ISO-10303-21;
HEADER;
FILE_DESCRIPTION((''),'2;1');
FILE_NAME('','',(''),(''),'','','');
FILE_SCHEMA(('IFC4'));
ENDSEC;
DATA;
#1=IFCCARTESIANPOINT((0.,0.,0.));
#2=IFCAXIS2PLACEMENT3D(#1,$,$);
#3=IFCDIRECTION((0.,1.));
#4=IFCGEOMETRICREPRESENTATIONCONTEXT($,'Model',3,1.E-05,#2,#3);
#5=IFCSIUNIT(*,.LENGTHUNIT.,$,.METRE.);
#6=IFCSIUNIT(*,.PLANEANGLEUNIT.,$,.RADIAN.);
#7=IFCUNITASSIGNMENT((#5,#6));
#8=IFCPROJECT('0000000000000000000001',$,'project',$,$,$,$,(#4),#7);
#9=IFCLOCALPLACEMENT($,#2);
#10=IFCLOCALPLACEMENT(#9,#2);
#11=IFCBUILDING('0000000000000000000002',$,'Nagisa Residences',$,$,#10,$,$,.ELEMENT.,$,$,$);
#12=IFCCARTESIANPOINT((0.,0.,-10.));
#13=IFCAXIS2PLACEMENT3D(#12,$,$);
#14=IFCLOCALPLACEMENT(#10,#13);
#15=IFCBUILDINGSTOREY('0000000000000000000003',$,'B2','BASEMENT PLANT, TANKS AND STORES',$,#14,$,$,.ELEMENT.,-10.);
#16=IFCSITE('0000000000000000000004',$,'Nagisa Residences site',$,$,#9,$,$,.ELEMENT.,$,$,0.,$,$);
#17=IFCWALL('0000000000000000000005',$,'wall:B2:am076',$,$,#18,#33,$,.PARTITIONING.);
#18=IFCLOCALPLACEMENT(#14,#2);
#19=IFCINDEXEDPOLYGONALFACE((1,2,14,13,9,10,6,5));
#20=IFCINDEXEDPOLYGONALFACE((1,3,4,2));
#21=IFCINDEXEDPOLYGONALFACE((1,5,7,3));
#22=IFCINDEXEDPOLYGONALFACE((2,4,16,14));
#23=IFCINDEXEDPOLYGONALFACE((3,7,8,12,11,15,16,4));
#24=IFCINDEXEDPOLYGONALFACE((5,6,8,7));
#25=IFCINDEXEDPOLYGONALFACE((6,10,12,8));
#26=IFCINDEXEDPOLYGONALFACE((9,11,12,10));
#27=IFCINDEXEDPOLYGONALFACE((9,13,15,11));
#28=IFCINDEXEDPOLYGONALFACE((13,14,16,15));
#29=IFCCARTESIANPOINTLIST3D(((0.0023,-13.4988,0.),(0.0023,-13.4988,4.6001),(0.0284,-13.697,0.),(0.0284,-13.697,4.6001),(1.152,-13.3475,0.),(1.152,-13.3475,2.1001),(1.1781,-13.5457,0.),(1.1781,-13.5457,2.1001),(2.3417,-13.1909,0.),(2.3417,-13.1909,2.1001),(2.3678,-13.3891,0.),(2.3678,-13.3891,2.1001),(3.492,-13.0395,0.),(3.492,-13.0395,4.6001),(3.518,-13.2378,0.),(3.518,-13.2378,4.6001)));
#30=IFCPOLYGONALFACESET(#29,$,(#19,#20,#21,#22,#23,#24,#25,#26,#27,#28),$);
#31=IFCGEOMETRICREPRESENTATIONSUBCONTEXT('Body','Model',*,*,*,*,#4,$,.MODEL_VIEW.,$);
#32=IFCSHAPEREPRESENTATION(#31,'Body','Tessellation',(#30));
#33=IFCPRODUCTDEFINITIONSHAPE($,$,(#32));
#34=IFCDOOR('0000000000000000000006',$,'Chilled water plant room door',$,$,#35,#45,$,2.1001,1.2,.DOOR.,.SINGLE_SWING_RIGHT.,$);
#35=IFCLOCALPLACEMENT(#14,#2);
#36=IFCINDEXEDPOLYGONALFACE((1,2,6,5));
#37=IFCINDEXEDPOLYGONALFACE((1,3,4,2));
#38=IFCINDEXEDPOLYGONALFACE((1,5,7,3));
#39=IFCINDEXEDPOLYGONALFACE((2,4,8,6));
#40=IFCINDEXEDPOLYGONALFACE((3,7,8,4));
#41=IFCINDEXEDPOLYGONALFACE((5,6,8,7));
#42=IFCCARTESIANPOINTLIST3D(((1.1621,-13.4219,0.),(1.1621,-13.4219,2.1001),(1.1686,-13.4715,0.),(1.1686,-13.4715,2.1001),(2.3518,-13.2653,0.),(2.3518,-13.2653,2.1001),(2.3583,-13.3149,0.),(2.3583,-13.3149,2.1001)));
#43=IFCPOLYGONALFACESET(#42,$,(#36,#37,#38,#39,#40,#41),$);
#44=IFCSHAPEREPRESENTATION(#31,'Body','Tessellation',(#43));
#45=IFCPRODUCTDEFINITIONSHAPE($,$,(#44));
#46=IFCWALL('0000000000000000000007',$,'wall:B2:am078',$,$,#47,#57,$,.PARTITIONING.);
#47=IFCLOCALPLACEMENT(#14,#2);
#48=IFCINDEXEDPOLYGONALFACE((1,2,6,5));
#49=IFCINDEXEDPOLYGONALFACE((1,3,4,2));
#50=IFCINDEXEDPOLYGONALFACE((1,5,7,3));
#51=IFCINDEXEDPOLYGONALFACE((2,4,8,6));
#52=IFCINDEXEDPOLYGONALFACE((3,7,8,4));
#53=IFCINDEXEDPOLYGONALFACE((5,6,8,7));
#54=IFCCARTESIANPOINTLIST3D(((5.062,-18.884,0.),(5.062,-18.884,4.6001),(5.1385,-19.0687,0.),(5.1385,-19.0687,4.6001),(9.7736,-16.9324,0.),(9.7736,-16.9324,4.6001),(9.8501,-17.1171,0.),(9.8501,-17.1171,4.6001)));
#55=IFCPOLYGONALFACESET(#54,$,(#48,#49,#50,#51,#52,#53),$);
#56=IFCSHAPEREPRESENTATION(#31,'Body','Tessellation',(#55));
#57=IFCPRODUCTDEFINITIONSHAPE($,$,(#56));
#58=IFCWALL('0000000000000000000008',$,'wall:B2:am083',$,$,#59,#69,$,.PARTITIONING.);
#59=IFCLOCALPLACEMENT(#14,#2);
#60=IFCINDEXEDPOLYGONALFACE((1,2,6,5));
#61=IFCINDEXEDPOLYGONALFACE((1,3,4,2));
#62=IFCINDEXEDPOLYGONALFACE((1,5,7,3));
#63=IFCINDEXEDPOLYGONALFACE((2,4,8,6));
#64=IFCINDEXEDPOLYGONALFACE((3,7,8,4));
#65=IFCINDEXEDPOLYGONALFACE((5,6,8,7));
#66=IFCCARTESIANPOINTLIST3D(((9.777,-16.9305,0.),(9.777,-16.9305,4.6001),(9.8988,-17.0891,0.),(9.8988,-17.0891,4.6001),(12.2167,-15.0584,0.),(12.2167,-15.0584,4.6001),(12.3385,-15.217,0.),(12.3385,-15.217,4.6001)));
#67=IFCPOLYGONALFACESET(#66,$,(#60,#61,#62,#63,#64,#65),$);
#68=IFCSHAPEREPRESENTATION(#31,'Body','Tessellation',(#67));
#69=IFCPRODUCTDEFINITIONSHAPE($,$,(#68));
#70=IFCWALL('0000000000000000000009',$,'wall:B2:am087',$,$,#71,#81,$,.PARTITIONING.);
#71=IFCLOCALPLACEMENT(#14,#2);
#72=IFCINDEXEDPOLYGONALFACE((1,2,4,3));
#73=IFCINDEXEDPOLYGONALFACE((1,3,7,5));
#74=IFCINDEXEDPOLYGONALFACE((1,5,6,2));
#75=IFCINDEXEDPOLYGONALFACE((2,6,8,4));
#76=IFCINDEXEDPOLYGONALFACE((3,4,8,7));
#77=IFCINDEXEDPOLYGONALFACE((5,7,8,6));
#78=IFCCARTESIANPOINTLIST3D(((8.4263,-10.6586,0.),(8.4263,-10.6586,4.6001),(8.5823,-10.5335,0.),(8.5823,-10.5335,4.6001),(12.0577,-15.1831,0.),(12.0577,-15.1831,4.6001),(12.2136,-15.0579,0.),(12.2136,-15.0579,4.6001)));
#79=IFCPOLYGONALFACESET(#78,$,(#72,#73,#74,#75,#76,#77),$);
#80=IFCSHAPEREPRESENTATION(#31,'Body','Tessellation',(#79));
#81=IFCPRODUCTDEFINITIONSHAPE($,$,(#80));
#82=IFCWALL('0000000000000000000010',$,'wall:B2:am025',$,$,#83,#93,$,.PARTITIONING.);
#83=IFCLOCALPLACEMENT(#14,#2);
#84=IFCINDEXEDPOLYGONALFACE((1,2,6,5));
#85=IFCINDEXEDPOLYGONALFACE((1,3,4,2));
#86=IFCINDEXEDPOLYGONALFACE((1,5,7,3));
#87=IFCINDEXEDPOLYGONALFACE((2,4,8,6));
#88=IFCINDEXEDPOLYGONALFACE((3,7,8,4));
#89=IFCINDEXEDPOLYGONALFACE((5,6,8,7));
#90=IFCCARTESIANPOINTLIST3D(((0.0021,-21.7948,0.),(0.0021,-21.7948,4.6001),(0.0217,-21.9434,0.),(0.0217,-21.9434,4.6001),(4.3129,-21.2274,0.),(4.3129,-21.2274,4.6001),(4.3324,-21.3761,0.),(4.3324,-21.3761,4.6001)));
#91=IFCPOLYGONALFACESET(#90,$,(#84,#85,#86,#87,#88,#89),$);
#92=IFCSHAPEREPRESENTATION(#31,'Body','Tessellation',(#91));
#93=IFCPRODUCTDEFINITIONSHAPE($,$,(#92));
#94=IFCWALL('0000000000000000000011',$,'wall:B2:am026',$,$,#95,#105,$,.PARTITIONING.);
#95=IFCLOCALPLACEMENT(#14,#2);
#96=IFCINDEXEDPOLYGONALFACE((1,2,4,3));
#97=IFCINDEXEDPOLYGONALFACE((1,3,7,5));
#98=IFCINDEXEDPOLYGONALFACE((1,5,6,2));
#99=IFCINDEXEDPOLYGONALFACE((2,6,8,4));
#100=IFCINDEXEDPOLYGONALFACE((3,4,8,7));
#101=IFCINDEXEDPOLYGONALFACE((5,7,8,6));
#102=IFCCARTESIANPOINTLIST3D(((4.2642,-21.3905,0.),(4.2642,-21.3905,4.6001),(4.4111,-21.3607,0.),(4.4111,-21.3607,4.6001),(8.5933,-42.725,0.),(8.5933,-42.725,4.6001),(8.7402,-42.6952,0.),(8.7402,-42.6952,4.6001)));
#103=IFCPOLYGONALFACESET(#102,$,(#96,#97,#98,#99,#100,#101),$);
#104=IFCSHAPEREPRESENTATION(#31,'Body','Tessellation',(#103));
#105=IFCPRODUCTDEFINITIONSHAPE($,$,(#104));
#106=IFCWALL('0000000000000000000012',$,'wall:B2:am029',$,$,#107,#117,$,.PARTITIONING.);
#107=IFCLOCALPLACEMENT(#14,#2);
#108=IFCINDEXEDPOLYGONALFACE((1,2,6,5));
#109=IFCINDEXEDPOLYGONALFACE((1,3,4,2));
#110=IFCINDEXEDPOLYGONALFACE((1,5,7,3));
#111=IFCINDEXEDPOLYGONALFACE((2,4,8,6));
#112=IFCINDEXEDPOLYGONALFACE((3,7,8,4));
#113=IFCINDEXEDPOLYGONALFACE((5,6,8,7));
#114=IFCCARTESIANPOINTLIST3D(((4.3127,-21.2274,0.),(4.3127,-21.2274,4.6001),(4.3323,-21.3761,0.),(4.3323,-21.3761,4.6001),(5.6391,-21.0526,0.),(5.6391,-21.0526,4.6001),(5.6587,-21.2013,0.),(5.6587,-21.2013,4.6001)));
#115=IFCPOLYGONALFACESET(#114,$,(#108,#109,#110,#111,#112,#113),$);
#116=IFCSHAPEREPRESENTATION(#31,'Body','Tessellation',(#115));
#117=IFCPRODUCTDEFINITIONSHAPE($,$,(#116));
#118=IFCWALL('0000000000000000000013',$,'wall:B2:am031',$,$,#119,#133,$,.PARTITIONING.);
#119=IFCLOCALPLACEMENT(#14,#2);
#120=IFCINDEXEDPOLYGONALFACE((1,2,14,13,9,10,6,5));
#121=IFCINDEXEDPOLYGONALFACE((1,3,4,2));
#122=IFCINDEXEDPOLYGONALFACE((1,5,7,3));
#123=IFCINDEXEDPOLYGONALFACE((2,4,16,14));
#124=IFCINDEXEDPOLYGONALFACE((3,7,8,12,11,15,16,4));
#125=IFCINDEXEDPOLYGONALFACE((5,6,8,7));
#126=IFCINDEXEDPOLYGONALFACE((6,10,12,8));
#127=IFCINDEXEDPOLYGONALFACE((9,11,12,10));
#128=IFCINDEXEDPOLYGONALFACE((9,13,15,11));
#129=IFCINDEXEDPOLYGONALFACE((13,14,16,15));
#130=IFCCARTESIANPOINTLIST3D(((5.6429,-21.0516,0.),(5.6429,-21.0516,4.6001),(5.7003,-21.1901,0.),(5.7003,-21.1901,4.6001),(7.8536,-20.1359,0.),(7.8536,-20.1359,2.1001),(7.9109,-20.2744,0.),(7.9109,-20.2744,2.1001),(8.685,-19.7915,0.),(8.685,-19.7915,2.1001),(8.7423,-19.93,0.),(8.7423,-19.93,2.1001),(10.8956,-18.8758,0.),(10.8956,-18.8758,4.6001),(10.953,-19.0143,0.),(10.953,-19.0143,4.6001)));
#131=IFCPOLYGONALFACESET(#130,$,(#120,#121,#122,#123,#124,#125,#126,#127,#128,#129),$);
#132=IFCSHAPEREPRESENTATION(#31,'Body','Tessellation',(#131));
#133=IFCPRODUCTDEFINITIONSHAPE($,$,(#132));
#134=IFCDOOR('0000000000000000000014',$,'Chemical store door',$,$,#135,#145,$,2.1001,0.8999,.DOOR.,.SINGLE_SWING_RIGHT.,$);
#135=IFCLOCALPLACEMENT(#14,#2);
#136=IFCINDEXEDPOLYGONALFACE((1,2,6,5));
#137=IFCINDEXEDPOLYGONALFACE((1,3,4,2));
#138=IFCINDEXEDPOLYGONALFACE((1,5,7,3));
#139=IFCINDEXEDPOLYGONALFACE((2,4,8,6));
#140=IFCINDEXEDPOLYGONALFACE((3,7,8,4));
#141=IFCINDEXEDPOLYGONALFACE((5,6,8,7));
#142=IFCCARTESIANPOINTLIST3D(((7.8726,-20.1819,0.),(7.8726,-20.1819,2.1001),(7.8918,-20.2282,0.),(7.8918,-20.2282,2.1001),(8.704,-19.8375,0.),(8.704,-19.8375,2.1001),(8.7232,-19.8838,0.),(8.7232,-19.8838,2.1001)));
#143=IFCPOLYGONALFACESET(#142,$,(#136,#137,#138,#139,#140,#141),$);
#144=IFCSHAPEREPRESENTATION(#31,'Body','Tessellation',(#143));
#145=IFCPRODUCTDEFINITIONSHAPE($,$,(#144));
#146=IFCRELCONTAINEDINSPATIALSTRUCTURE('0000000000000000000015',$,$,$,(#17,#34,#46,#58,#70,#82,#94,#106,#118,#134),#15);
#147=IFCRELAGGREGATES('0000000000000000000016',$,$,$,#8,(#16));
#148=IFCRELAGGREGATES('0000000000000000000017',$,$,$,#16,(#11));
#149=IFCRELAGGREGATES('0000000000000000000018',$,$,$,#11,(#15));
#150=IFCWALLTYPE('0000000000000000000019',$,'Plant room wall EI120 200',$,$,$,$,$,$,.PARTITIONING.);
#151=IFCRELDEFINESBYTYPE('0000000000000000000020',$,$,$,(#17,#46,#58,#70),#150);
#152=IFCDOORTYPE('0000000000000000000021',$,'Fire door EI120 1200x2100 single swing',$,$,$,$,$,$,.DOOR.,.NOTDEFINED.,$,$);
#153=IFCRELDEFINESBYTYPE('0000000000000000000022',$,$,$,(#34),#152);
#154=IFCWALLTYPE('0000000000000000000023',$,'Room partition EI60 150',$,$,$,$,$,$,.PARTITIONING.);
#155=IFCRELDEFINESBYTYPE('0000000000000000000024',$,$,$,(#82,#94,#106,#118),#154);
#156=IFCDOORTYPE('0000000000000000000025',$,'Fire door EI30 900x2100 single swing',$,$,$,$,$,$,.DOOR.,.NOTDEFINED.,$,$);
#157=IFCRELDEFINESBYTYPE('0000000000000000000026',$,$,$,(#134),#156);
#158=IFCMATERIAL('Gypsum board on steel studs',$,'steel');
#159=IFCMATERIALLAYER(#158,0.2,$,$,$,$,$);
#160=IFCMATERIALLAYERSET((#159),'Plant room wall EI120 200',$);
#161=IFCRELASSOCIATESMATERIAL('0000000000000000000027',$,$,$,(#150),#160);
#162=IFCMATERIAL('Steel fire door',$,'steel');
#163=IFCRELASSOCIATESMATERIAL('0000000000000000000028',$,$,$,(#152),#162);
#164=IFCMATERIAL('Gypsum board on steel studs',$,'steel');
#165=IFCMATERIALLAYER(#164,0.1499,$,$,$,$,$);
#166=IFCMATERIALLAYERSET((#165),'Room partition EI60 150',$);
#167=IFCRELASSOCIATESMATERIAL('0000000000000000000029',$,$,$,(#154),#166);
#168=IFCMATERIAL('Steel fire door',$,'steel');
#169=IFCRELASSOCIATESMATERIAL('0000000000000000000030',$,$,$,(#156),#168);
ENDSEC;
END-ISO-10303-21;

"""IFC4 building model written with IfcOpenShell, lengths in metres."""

from ifc_helpers import new_model, si_unit, direction, frame, frame_2d, origin, place, context, subcontext, project, spatial, rectangle, extrude, material, layer, layer_set, type_object, element, fill, save


model = new_model("IFC4")

# Units and contexts
model_context = context("Model", 3, precision=1e-05, world=origin(), true_north=direction((0.0, 1.0)))
body_context = subcontext(model_context, "Body", "Model", "MODEL_VIEW")
ifc_project = project(units=[si_unit("LENGTHUNIT", "METRE"), si_unit("PLANEANGLEUNIT", "RADIAN")], contexts=[model_context])

# Site, building, storey
site_placement = place(None, origin())
site = spatial("IfcSite", under=ifc_project, at=site_placement, Name="Nagisa Residences site", CompositionType="ELEMENT", RefElevation=0.0)
building_placement = place(site_placement, origin())
building = spatial("IfcBuilding", under=site, at=building_placement, Name="Nagisa Residences", CompositionType="ELEMENT")
storey_placement = place(building_placement, frame((0.0, 0.0, -10.0)))
storey = spatial("IfcBuildingStorey", under=building, at=storey_placement, Name="B2", Description="BASEMENT PLANT, TANKS AND STORES", CompositionType="ELEMENT", Elevation=-10.0)

# Shared definitions
ifc_material_1 = material(Name="Gypsum board on steel studs", Category="steel")
ifc_layer_1 = layer(ifc_material_1, 0.2)
ifc_layer_set_1 = layer_set([ifc_layer_1], Name="Plant room wall EI120 200")
wall_type_1 = type_object("IfcWallType", Name="Plant room wall EI120 200", PredefinedType="PARTITIONING", material=ifc_layer_set_1)

# Wall, opening, door
wall_1_placement = place(storey_placement, frame((3.5049, -13.1387, 0.0), z_axis=(0.0, 0.0, 1.0), x_axis=(-0.991452, -0.130469, 0.0)))
wall_1 = element("IfcWall", 1, at=wall_1_placement, inside=storey, type_object=wall_type_1, Name="wall:B2:am076", PredefinedType="PARTITIONING", context=body_context, shape_type="SweptSolid", body=[
    extrude(rectangle(XDim=3.5198, YDim=0.2, at=frame_2d((1.7598, 0.0))), origin(), (0.0, 0.0, 1.0), 4.6001),
])
opening_1_placement = place(wall_1_placement, frame((1.1599, 0.0, 0.0)))
opening_1 = element("IfcOpeningElement", 2, at=opening_1_placement, cuts=wall_1, PredefinedType="OPENING", context=body_context, shape_type="SweptSolid", body=[
    extrude(rectangle(XDim=1.2, YDim=2.1001, at=frame_2d((0.6001, 1.05))), frame((0.0, 0.1099, 0.0), z_axis=(0.0, -1.0, 0.0), x_axis=(1.0, 0.0, 0.0)), (0.0, 0.0, 1.0), 0.22),
])
ifc_material_2 = material(Name="Steel fire door", Category="steel")
door_type_1 = type_object("IfcDoorType", Name="Fire door EI120 1200x2100 single swing", OperationType="NOTDEFINED", PredefinedType="DOOR", material=ifc_material_2)
door_1_placement = place(opening_1_placement, frame((1.2, 0.0, 0.0), x_axis=(-1.0, 0.0, 0.0)))
door_1 = element("IfcDoor", 3, at=door_1_placement, inside=storey, type_object=door_type_1, Name="Chilled water plant room door", OperationType="SINGLE_SWING_RIGHT", OverallHeight=2.1001, OverallWidth=1.2, PredefinedType="DOOR", context=body_context, shape_type="SweptSolid", body=[
    extrude(rectangle(XDim=1.2, YDim=2.1001, at=frame_2d((0.6001, 1.05))), frame((0.0, 0.0249, 0.0), z_axis=(0.0, -1.0, 0.0), x_axis=(1.0, 0.0, 0.0)), (0.0, 0.0, 1.0), 0.05),
])
fill(opening_1, door_1)

# Walls
wall_2_placement = place(storey_placement, frame((5.1003, -18.9763, 0.0), z_axis=(0.0, 0.0, 1.0), x_axis=(0.923878, 0.382687, 0.0)))
element("IfcWall", 4, at=wall_2_placement, inside=storey, type_object=wall_type_1, Name="wall:B2:am078", PredefinedType="PARTITIONING", context=body_context, shape_type="SweptSolid", body=[
    extrude(rectangle(XDim=5.0999, YDim=0.2, at=frame_2d((2.5498, 0.0))), origin(), (0.0, 0.0, 1.0), 4.6001),
])
wall_3_placement = place(storey_placement, frame((9.8379, -17.0098, 0.0), z_axis=(0.0, 0.0, 1.0), x_axis=(0.793349, 0.608766, 0.0)))
element("IfcWall", 5, at=wall_3_placement, inside=storey, type_object=wall_type_1, Name="wall:B2:am083", PredefinedType="PARTITIONING", context=body_context, shape_type="SweptSolid", body=[
    extrude(rectangle(XDim=3.0752, YDim=0.2, at=frame_2d((1.5376, 0.0))), origin(), (0.0, 0.0, 1.0), 4.6001),
])
wall_4_placement = place(storey_placement, frame((12.1357, -15.1206, 0.0), z_axis=(0.0, 0.0, 1.0), x_axis=(-0.625936, 0.779874, 0.0)))
element("IfcWall", 6, at=wall_4_placement, inside=storey, type_object=wall_type_1, Name="wall:B2:am087", PredefinedType="PARTITIONING", context=body_context, shape_type="SweptSolid", body=[
    extrude(rectangle(XDim=5.8015, YDim=0.2, at=frame_2d((2.9009, 0.0))), origin(), (0.0, 0.0, 1.0), 4.6001),
])
ifc_material_3 = material(Name="Gypsum board on steel studs", Category="steel")
ifc_layer_2 = layer(ifc_material_3, 0.1499)
ifc_layer_set_2 = layer_set([ifc_layer_2], Name="Room partition EI60 150")
wall_type_2 = type_object("IfcWallType", Name="Room partition EI60 150", PredefinedType="PARTITIONING", material=ifc_layer_set_2)
wall_5_placement = place(storey_placement, frame((4.3225, -21.3018, 0.0), z_axis=(0.0, 0.0, 1.0), x_axis=(-0.991449, -0.130494, 0.0)))
element("IfcWall", 7, at=wall_5_placement, inside=storey, type_object=wall_type_2, Name="wall:B2:am025", PredefinedType="PARTITIONING", context=body_context, shape_type="SweptSolid", body=[
    extrude(rectangle(XDim=4.3479, YDim=0.1499, at=frame_2d((2.1738, 0.0))), origin(), (0.0, 0.0, 1.0), 4.6001),
])
wall_6_placement = place(storey_placement, frame((4.3376, -21.3755, 0.0), z_axis=(0.0, 0.0, 1.0), x_axis=(0.198863, -0.980027, 0.0)))
element("IfcWall", 8, at=wall_6_placement, inside=storey, type_object=wall_type_2, Name="wall:B2:am026", PredefinedType="PARTITIONING", context=body_context, shape_type="SweptSolid", body=[
    extrude(rectangle(XDim=21.7693, YDim=0.1499, at=frame_2d((10.8848, 0.0))), origin(), (0.0, 0.0, 1.0), 4.6001),
])
wall_7_placement = place(storey_placement, frame((5.6489, -21.127, 0.0), z_axis=(0.0, 0.0, 1.0), x_axis=(-0.991428, -0.130657, 0.0)))
element("IfcWall", 9, at=wall_7_placement, inside=storey, type_object=wall_type_2, Name="wall:B2:am029", PredefinedType="PARTITIONING", context=body_context, shape_type="SweptSolid", body=[
    extrude(rectangle(XDim=1.3379, YDim=0.1499, at=frame_2d((0.6689, 0.0))), origin(), (0.0, 0.0, 1.0), 4.6001),
])

# Wall, opening, door
wall_8_placement = place(storey_placement, frame((10.9243, -18.9451, 0.0), z_axis=(0.0, 0.0, 1.0), x_axis=(-0.923877, -0.382691, 0.0)))
wall_8 = element("IfcWall", 10, at=wall_8_placement, inside=storey, type_object=wall_type_2, Name="wall:B2:am031", PredefinedType="PARTITIONING", context=body_context, shape_type="SweptSolid", body=[
    extrude(rectangle(XDim=5.6855, YDim=0.1499, at=frame_2d((2.8428, 0.0))), origin(), (0.0, 0.0, 1.0), 4.6001),
])
opening_2_placement = place(wall_8_placement, frame((2.3928, 0.0, 0.0)))
opening_2 = element("IfcOpeningElement", 11, at=opening_2_placement, cuts=wall_8, PredefinedType="OPENING", context=body_context, shape_type="SweptSolid", body=[
    extrude(rectangle(XDim=0.8999, YDim=2.1001, at=frame_2d((0.45, 1.05))), frame((0.0, 0.085, 0.0), z_axis=(0.0, -1.0, 0.0), x_axis=(1.0, 0.0, 0.0)), (0.0, 0.0, 1.0), 0.1699),
])
ifc_material_4 = material(Name="Steel fire door", Category="steel")
door_type_2 = type_object("IfcDoorType", Name="Fire door EI30 900x2100 single swing", OperationType="NOTDEFINED", PredefinedType="DOOR", material=ifc_material_4)
door_2_placement = place(opening_2_placement, origin())
door_2 = element("IfcDoor", 12, at=door_2_placement, inside=storey, type_object=door_type_2, Name="Chemical store door", OperationType="SINGLE_SWING_RIGHT", OverallHeight=2.1001, OverallWidth=0.8999, PredefinedType="DOOR", context=body_context, shape_type="SweptSolid", body=[
    extrude(rectangle(XDim=0.8999, YDim=2.1001, at=frame_2d((0.45, 1.05))), frame((0.0, 0.0249, 0.0), z_axis=(0.0, -1.0, 0.0), x_axis=(1.0, 0.0, 0.0)), (0.0, 0.0, 1.0), 0.05),
])
fill(opening_2, door_2)

save(model, "model.ifc")
